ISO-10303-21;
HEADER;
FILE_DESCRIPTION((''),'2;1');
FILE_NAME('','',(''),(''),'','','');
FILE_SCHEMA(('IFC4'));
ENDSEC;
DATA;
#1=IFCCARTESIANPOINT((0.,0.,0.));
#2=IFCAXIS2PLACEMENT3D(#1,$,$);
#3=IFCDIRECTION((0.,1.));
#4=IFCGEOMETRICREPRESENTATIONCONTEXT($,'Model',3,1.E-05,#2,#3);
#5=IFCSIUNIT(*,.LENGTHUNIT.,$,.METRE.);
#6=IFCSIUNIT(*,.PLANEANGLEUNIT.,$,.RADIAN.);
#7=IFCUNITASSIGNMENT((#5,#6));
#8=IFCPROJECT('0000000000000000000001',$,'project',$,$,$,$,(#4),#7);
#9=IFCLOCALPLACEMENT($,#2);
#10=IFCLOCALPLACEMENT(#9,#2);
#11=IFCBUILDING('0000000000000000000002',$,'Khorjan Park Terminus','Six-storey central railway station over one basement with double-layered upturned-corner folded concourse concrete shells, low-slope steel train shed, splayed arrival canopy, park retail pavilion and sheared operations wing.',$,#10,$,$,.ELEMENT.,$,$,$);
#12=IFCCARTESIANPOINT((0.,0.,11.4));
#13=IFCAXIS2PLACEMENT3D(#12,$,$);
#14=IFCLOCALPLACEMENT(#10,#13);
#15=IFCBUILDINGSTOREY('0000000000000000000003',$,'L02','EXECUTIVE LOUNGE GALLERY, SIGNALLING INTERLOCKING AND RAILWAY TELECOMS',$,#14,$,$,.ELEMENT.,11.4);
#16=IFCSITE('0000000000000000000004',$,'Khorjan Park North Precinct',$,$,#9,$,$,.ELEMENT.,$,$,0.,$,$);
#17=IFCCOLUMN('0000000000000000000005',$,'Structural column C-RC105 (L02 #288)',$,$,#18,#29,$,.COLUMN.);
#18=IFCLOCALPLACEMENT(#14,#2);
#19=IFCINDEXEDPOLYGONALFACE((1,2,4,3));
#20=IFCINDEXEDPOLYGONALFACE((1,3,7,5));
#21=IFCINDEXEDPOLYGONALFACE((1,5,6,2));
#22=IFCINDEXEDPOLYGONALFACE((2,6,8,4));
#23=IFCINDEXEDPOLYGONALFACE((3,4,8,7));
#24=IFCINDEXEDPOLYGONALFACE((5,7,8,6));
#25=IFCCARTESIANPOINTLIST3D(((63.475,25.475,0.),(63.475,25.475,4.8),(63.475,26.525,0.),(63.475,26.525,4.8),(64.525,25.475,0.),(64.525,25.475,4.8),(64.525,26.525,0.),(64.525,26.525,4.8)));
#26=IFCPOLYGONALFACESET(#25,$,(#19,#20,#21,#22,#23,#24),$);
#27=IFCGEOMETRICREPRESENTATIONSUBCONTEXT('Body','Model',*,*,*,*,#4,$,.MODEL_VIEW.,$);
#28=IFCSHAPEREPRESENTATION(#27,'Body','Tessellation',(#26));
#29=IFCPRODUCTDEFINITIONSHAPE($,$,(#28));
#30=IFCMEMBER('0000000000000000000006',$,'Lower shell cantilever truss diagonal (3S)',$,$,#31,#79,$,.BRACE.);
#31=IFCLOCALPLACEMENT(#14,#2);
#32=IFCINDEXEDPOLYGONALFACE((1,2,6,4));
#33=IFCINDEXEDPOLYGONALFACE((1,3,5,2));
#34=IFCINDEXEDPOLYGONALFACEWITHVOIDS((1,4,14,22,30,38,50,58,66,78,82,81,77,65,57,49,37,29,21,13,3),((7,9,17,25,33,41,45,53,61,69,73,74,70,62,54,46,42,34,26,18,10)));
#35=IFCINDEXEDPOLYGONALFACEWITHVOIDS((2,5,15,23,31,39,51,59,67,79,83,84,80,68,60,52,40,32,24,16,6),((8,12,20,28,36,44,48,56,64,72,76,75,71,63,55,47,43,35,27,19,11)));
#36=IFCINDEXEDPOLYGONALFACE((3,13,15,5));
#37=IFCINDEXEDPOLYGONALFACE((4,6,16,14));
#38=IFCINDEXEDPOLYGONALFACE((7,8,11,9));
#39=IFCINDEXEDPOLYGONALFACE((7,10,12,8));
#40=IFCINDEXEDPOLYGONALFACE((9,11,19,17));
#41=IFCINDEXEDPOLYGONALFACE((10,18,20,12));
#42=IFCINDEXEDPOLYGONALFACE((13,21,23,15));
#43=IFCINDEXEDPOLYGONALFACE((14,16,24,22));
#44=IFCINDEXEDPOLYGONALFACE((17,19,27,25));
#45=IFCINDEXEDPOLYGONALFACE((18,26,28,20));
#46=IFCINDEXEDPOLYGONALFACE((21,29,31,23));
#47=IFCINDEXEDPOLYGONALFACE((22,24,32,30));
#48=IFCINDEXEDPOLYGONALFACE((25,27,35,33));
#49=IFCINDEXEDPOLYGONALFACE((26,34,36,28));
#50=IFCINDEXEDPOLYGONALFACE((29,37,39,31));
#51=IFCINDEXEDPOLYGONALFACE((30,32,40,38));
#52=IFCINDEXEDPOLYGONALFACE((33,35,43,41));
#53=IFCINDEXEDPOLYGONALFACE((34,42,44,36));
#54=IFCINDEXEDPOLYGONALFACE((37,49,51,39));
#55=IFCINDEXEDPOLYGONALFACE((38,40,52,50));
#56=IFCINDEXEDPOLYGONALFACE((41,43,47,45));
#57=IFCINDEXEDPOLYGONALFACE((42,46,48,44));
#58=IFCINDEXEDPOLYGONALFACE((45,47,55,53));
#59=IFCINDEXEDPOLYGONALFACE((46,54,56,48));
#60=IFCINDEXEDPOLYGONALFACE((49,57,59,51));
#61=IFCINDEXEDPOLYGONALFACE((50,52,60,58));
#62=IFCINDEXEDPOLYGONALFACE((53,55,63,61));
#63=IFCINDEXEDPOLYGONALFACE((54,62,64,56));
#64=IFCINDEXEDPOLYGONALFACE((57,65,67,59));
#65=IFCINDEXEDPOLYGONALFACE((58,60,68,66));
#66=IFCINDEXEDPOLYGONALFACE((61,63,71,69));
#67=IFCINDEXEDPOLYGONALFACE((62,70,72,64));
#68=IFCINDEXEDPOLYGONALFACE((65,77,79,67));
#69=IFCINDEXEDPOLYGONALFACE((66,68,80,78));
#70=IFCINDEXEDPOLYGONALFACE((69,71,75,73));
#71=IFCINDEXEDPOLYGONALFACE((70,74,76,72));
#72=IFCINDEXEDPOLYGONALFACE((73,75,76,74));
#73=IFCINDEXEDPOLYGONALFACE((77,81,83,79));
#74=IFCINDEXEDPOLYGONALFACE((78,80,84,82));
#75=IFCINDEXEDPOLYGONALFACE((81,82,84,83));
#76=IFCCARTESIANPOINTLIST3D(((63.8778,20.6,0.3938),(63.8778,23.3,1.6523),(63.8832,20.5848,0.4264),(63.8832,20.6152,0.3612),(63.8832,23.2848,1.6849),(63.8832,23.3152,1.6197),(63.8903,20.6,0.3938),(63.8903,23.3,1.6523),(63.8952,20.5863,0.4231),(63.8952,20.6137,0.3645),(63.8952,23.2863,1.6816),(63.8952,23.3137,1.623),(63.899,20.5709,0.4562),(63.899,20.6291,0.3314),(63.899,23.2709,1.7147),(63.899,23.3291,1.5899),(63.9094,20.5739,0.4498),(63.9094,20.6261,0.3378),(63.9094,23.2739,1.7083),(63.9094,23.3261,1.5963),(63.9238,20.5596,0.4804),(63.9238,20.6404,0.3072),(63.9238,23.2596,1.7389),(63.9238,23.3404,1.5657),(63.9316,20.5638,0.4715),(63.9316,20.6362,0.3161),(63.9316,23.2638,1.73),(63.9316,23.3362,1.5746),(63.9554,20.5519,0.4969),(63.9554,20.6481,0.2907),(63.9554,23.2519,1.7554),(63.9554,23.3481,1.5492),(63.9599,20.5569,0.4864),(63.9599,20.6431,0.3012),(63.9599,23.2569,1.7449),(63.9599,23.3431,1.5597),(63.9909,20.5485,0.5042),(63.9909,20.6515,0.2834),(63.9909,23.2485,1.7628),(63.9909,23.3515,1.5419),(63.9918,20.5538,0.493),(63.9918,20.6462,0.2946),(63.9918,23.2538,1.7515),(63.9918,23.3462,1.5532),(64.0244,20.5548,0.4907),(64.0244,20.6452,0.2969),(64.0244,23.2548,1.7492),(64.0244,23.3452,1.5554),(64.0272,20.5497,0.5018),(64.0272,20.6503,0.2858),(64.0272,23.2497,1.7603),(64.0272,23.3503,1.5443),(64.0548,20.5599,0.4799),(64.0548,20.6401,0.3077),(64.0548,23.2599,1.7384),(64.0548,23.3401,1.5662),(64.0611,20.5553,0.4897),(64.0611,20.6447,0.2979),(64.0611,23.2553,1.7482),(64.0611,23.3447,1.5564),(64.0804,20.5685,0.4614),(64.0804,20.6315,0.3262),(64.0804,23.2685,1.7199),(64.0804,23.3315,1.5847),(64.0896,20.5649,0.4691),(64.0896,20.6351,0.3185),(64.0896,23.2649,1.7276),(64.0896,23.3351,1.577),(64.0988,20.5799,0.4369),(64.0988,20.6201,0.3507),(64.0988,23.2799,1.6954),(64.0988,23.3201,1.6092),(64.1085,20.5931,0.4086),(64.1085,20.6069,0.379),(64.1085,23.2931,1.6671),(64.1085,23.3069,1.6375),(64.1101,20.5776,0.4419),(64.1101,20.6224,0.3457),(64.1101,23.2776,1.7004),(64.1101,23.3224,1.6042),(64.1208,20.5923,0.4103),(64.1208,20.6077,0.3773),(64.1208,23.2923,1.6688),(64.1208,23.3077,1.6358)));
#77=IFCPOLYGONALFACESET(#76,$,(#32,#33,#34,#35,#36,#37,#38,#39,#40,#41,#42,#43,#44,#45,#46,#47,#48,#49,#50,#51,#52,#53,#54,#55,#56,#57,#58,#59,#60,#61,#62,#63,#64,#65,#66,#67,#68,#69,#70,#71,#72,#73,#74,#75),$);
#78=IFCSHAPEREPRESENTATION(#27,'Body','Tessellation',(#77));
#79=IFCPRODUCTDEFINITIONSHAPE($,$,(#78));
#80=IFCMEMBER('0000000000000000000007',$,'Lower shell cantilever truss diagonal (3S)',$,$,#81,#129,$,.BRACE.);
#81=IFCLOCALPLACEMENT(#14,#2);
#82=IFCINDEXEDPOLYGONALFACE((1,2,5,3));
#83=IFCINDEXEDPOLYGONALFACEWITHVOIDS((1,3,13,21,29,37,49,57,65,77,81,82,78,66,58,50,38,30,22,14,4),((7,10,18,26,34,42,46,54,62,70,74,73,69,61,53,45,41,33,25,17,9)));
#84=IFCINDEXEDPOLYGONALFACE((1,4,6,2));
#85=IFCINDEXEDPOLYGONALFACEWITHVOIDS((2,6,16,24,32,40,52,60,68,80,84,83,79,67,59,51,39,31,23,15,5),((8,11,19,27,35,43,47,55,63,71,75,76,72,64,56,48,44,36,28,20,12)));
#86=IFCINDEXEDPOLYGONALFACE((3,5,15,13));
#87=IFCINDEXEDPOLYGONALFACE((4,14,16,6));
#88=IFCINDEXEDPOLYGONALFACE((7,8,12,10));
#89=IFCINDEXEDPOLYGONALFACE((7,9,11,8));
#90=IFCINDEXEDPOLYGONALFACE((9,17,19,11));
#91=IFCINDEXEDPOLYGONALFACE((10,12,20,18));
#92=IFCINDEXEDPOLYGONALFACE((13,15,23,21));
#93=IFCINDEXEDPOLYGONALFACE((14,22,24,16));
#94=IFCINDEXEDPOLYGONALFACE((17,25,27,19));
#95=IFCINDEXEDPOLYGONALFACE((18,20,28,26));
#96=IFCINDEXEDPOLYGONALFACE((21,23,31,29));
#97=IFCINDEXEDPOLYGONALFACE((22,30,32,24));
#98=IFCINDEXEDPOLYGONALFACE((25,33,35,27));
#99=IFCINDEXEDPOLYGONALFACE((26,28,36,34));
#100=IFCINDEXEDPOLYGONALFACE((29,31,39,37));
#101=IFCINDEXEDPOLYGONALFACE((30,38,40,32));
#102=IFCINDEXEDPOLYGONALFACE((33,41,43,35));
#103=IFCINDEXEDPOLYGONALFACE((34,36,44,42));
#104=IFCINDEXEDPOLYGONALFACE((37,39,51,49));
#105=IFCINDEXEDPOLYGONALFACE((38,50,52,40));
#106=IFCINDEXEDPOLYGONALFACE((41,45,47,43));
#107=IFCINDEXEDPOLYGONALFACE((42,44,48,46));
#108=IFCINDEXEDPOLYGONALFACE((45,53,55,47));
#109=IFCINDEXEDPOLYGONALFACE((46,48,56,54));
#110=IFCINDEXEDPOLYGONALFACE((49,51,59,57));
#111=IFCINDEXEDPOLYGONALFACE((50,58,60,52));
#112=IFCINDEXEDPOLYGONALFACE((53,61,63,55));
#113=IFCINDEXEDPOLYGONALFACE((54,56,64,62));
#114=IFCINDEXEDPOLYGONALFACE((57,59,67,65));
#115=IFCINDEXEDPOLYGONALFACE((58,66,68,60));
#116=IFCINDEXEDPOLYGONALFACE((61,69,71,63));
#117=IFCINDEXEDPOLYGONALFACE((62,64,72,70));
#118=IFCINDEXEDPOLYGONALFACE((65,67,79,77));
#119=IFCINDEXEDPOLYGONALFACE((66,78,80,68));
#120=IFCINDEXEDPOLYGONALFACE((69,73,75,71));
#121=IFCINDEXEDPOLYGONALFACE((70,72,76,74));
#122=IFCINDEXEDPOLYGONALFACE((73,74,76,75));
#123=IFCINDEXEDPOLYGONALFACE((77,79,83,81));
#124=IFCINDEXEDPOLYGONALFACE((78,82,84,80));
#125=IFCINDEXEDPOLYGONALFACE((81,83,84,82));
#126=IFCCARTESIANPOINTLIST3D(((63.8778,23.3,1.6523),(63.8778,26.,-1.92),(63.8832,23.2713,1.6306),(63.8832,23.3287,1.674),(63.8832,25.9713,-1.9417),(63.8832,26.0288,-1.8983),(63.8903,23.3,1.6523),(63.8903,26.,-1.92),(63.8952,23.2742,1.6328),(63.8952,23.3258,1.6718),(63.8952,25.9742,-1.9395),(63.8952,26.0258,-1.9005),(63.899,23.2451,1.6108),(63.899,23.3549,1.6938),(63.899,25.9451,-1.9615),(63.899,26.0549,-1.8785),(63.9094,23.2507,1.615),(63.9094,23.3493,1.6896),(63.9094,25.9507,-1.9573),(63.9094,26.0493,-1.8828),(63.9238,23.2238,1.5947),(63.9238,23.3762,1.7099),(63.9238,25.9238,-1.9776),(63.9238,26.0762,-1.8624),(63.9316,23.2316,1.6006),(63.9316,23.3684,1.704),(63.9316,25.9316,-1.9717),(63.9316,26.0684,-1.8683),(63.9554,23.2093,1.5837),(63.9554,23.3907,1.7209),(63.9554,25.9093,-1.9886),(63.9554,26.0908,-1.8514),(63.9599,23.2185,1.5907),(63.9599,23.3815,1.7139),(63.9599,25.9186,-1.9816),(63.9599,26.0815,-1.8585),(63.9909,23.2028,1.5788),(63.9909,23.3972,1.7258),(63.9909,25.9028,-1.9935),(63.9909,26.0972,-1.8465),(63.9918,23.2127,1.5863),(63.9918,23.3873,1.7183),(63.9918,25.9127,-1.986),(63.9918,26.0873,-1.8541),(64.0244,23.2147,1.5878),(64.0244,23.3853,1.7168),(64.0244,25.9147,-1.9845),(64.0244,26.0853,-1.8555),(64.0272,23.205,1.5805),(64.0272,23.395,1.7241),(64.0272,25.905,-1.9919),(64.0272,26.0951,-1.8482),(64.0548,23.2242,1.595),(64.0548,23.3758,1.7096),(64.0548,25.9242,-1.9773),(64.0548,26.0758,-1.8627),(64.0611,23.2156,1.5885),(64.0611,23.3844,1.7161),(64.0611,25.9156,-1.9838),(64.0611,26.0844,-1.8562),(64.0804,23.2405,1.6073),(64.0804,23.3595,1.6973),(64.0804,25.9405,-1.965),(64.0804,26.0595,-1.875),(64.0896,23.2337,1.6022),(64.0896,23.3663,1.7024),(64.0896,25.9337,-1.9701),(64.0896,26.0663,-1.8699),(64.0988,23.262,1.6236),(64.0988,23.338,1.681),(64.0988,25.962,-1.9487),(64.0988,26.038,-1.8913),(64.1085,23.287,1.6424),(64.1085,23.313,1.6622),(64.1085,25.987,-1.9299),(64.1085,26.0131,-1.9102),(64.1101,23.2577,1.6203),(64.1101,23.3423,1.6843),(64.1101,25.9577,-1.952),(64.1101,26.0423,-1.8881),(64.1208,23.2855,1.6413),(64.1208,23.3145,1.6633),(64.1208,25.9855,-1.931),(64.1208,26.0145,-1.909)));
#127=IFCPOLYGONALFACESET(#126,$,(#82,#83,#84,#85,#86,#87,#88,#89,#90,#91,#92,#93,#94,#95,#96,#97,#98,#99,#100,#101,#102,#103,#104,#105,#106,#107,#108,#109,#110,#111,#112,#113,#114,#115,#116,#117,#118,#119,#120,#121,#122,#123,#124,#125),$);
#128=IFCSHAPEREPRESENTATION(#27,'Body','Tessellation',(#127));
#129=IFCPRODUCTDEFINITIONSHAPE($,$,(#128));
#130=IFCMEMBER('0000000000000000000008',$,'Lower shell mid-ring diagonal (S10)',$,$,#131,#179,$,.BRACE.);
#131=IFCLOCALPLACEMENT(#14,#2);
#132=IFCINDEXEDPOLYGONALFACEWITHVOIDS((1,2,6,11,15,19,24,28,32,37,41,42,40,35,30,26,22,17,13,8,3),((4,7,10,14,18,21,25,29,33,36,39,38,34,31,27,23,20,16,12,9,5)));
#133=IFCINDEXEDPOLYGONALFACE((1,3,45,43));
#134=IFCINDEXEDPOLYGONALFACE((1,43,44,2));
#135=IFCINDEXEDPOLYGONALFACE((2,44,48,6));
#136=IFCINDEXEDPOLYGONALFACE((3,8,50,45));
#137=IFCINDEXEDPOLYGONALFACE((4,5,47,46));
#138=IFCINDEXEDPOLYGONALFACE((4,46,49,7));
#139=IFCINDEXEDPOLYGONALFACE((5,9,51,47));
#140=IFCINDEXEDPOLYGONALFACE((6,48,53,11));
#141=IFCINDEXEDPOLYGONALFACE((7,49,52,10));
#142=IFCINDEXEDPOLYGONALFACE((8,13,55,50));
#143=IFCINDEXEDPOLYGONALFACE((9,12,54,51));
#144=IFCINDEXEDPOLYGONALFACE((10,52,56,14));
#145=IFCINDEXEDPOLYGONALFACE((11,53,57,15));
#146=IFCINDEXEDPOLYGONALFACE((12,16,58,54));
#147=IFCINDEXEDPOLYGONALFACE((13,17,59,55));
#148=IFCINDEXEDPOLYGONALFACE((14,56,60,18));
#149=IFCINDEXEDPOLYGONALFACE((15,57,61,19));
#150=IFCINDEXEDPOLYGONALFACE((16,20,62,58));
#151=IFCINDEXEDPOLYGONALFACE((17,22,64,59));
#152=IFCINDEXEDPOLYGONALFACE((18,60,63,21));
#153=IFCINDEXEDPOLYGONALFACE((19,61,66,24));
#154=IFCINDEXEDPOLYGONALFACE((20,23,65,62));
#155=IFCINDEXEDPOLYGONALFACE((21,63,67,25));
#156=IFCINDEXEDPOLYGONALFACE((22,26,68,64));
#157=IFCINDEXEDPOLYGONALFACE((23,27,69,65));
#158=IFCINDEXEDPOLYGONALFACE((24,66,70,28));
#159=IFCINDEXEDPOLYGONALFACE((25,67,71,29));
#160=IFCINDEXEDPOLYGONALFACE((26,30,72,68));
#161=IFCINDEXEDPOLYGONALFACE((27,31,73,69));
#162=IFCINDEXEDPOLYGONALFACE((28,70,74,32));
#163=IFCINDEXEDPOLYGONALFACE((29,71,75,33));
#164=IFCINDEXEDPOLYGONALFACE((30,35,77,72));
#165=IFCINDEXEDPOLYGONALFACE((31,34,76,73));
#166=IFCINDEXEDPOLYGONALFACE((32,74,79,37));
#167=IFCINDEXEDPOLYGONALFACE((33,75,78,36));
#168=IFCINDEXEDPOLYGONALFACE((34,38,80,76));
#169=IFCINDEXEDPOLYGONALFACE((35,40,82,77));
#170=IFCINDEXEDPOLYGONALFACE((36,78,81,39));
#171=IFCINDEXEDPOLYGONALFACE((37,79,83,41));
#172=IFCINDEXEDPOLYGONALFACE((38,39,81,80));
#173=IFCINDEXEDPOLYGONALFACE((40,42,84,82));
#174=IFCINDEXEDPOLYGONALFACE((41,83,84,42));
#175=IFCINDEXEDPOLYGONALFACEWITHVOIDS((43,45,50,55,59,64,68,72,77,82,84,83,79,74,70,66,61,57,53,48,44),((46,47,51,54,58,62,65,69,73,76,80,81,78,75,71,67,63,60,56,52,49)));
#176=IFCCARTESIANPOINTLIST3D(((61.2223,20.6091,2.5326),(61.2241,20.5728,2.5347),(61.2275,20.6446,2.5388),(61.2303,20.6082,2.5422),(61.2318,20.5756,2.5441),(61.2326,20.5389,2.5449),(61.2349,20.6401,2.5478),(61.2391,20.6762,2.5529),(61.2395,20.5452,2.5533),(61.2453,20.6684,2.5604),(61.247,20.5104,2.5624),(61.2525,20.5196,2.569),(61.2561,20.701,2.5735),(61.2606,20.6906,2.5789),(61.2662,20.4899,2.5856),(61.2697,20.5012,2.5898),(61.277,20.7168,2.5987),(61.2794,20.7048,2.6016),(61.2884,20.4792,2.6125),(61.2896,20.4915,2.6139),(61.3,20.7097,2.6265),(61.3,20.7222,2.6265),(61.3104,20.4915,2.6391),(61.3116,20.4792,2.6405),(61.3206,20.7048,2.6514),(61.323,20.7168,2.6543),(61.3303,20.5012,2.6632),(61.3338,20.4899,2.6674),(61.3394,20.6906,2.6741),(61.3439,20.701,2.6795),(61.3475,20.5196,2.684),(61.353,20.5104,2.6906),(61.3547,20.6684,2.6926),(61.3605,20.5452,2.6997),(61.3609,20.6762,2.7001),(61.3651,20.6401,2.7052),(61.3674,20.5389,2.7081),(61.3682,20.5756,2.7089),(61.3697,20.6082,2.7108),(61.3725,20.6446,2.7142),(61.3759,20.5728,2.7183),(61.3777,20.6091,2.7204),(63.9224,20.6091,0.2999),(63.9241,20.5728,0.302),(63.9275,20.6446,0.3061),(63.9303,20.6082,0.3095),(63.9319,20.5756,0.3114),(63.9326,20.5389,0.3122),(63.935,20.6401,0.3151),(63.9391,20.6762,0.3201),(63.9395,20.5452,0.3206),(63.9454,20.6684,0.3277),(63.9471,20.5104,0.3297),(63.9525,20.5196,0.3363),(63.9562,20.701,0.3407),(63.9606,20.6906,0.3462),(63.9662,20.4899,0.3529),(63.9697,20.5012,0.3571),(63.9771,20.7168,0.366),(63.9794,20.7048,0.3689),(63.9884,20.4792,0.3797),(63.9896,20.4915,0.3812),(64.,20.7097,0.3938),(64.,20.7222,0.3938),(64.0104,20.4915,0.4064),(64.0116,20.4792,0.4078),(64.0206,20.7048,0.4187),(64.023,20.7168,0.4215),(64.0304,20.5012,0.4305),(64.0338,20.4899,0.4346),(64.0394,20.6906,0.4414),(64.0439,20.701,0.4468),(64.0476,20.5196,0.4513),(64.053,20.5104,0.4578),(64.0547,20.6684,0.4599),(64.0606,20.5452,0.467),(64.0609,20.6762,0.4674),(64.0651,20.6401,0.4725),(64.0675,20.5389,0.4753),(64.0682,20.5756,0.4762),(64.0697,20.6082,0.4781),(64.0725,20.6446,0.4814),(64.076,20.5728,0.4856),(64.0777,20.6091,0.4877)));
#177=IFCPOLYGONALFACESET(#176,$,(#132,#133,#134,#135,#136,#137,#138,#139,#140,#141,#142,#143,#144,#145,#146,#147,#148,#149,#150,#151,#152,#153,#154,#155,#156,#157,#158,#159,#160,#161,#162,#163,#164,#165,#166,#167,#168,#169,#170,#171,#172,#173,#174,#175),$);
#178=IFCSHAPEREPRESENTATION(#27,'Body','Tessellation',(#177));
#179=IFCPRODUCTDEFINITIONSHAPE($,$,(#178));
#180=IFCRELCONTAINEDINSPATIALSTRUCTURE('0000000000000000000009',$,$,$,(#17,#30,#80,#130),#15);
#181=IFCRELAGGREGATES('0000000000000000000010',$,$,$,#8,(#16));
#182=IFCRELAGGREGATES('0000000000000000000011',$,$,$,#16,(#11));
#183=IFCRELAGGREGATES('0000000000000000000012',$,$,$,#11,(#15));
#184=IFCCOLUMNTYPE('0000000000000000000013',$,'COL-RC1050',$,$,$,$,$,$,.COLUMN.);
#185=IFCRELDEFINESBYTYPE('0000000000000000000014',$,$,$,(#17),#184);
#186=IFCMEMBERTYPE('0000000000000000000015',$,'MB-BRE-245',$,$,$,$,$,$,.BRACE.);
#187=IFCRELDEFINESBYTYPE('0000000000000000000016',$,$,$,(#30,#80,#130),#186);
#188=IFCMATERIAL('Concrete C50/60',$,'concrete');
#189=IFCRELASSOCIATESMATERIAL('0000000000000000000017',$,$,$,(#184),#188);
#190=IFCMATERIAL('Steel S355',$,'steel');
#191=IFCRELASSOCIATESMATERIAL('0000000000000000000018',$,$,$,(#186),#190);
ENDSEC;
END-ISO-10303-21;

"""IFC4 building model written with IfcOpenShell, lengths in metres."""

from ifc_helpers import new_model, si_unit, direction, frame, origin, origin_2d, place, context, subcontext, project, spatial, rectangle, hollow_circle, extrude, material, material_profile, profile_set, type_object, element, save


model = new_model("IFC4")

# Units and contexts
model_context = context("Model", 3, precision=1e-05, world=origin(), true_north=direction((0.0, 1.0)))
body_context = subcontext(model_context, "Body", "Model", "MODEL_VIEW")
ifc_project = project(units=[si_unit("LENGTHUNIT", "METRE"), si_unit("PLANEANGLEUNIT", "RADIAN")], contexts=[model_context])

# Site, building, storey
site_placement = place(None, origin())
site = spatial("IfcSite", under=ifc_project, at=site_placement, Name="Khorjan Park North Precinct", CompositionType="ELEMENT", RefElevation=0.0)
building_placement = place(site_placement, origin())
building = spatial("IfcBuilding", under=site, at=building_placement, Name="Khorjan Park Terminus", Description="Six-storey central railway station over one basement with double-layered upturned-corner folded concourse concrete shells, low-slope steel train shed, splayed arrival canopy, park retail pavilion and sheared operations wing.", CompositionType="ELEMENT")
storey_placement = place(building_placement, frame((0.0, 0.0, 11.4)))
storey = spatial("IfcBuildingStorey", under=building, at=storey_placement, Name="L02", Description="EXECUTIVE LOUNGE GALLERY, SIGNALLING INTERLOCKING AND RAILWAY TELECOMS", CompositionType="ELEMENT", Elevation=11.4)

# Column
ifc_material_1 = material(Name="Concrete C50/60", Category="concrete")
ifc_material_profile_1 = material_profile(ifc_material_1, rectangle(XDim=1.05, YDim=1.05, at=origin_2d()), Name="RC 1050x1050")
ifc_profile_set_1 = profile_set([ifc_material_profile_1], Name="Concrete C50/60")
column_type = type_object("IfcColumnType", Name="COL-RC1050", PredefinedType="COLUMN", material=ifc_profile_set_1)
column_placement = place(storey_placement, frame((64.0, 26.0, 0.0), z_axis=(0.0, 0.0, 1.0), x_axis=(1.0, 0.0, 0.0)))
element("IfcColumn", 1, at=column_placement, inside=storey, type_object=column_type, Name="Structural column C-RC105 (L02 #288)", PredefinedType="COLUMN", context=body_context, shape_type="SweptSolid", body=[
    extrude(rectangle(XDim=1.05, YDim=1.05, at=origin_2d()), origin(), (0.0, 0.0, 1.0), 4.8),
])

# Members
ifc_material_2 = material(Name="Steel S355", Category="steel")
ifc_material_profile_2 = material_profile(ifc_material_2, hollow_circle(Radius=0.1222, WallThickness=0.0125, at=origin_2d()), Name="CHS 244.5x12.5")
ifc_profile_set_2 = profile_set([ifc_material_profile_2], Name="Steel S355")
member_type_1 = type_object("IfcMemberType", Name="MB-BRE-245", PredefinedType="BRACE", material=ifc_profile_set_2)
member_1_placement = place(storey_placement, frame((64.0, 20.6, 0.3938), z_axis=(0.0, 0.906376, 0.422472), x_axis=(-1.0, 0.0, 0.0)))
element("IfcMember", 2, at=member_1_placement, inside=storey, type_object=member_type_1, Name="Lower shell cantilever truss diagonal (3S)", PredefinedType="BRACE", context=body_context, shape_type="SweptSolid", body=[
    extrude(hollow_circle(Radius=0.1222, WallThickness=0.0125, at=origin_2d()), origin(), (0.0, 0.0, 1.0), 2.9789),
])
member_2_placement = place(storey_placement, frame((64.0, 23.3, 1.6523), z_axis=(0.0, 0.602965, -0.797768), x_axis=(-1.0, 0.0, 0.0)))
element("IfcMember", 3, at=member_2_placement, inside=storey, type_object=member_type_1, Name="Lower shell cantilever truss diagonal (3S)", PredefinedType="BRACE", context=body_context, shape_type="SweptSolid", body=[
    extrude(hollow_circle(Radius=0.1222, WallThickness=0.0125, at=origin_2d()), origin(), (0.0, 0.0, 1.0), 4.4779),
])
member_3_placement = place(storey_placement, frame((61.3, 20.6, 2.6265), z_axis=(0.770644, 0.0, -0.637266), x_axis=(0.0, 1.0, 0.0)))
element("IfcMember", 4, at=member_3_placement, inside=storey, type_object=member_type_1, Name="Lower shell mid-ring diagonal (S10)", PredefinedType="BRACE", context=body_context, shape_type="SweptSolid", body=[
    extrude(hollow_circle(Radius=0.1222, WallThickness=0.0125, at=origin_2d()), origin(), (0.0, 0.0, 1.0), 3.5036),
])

save(model, "model.ifc")
